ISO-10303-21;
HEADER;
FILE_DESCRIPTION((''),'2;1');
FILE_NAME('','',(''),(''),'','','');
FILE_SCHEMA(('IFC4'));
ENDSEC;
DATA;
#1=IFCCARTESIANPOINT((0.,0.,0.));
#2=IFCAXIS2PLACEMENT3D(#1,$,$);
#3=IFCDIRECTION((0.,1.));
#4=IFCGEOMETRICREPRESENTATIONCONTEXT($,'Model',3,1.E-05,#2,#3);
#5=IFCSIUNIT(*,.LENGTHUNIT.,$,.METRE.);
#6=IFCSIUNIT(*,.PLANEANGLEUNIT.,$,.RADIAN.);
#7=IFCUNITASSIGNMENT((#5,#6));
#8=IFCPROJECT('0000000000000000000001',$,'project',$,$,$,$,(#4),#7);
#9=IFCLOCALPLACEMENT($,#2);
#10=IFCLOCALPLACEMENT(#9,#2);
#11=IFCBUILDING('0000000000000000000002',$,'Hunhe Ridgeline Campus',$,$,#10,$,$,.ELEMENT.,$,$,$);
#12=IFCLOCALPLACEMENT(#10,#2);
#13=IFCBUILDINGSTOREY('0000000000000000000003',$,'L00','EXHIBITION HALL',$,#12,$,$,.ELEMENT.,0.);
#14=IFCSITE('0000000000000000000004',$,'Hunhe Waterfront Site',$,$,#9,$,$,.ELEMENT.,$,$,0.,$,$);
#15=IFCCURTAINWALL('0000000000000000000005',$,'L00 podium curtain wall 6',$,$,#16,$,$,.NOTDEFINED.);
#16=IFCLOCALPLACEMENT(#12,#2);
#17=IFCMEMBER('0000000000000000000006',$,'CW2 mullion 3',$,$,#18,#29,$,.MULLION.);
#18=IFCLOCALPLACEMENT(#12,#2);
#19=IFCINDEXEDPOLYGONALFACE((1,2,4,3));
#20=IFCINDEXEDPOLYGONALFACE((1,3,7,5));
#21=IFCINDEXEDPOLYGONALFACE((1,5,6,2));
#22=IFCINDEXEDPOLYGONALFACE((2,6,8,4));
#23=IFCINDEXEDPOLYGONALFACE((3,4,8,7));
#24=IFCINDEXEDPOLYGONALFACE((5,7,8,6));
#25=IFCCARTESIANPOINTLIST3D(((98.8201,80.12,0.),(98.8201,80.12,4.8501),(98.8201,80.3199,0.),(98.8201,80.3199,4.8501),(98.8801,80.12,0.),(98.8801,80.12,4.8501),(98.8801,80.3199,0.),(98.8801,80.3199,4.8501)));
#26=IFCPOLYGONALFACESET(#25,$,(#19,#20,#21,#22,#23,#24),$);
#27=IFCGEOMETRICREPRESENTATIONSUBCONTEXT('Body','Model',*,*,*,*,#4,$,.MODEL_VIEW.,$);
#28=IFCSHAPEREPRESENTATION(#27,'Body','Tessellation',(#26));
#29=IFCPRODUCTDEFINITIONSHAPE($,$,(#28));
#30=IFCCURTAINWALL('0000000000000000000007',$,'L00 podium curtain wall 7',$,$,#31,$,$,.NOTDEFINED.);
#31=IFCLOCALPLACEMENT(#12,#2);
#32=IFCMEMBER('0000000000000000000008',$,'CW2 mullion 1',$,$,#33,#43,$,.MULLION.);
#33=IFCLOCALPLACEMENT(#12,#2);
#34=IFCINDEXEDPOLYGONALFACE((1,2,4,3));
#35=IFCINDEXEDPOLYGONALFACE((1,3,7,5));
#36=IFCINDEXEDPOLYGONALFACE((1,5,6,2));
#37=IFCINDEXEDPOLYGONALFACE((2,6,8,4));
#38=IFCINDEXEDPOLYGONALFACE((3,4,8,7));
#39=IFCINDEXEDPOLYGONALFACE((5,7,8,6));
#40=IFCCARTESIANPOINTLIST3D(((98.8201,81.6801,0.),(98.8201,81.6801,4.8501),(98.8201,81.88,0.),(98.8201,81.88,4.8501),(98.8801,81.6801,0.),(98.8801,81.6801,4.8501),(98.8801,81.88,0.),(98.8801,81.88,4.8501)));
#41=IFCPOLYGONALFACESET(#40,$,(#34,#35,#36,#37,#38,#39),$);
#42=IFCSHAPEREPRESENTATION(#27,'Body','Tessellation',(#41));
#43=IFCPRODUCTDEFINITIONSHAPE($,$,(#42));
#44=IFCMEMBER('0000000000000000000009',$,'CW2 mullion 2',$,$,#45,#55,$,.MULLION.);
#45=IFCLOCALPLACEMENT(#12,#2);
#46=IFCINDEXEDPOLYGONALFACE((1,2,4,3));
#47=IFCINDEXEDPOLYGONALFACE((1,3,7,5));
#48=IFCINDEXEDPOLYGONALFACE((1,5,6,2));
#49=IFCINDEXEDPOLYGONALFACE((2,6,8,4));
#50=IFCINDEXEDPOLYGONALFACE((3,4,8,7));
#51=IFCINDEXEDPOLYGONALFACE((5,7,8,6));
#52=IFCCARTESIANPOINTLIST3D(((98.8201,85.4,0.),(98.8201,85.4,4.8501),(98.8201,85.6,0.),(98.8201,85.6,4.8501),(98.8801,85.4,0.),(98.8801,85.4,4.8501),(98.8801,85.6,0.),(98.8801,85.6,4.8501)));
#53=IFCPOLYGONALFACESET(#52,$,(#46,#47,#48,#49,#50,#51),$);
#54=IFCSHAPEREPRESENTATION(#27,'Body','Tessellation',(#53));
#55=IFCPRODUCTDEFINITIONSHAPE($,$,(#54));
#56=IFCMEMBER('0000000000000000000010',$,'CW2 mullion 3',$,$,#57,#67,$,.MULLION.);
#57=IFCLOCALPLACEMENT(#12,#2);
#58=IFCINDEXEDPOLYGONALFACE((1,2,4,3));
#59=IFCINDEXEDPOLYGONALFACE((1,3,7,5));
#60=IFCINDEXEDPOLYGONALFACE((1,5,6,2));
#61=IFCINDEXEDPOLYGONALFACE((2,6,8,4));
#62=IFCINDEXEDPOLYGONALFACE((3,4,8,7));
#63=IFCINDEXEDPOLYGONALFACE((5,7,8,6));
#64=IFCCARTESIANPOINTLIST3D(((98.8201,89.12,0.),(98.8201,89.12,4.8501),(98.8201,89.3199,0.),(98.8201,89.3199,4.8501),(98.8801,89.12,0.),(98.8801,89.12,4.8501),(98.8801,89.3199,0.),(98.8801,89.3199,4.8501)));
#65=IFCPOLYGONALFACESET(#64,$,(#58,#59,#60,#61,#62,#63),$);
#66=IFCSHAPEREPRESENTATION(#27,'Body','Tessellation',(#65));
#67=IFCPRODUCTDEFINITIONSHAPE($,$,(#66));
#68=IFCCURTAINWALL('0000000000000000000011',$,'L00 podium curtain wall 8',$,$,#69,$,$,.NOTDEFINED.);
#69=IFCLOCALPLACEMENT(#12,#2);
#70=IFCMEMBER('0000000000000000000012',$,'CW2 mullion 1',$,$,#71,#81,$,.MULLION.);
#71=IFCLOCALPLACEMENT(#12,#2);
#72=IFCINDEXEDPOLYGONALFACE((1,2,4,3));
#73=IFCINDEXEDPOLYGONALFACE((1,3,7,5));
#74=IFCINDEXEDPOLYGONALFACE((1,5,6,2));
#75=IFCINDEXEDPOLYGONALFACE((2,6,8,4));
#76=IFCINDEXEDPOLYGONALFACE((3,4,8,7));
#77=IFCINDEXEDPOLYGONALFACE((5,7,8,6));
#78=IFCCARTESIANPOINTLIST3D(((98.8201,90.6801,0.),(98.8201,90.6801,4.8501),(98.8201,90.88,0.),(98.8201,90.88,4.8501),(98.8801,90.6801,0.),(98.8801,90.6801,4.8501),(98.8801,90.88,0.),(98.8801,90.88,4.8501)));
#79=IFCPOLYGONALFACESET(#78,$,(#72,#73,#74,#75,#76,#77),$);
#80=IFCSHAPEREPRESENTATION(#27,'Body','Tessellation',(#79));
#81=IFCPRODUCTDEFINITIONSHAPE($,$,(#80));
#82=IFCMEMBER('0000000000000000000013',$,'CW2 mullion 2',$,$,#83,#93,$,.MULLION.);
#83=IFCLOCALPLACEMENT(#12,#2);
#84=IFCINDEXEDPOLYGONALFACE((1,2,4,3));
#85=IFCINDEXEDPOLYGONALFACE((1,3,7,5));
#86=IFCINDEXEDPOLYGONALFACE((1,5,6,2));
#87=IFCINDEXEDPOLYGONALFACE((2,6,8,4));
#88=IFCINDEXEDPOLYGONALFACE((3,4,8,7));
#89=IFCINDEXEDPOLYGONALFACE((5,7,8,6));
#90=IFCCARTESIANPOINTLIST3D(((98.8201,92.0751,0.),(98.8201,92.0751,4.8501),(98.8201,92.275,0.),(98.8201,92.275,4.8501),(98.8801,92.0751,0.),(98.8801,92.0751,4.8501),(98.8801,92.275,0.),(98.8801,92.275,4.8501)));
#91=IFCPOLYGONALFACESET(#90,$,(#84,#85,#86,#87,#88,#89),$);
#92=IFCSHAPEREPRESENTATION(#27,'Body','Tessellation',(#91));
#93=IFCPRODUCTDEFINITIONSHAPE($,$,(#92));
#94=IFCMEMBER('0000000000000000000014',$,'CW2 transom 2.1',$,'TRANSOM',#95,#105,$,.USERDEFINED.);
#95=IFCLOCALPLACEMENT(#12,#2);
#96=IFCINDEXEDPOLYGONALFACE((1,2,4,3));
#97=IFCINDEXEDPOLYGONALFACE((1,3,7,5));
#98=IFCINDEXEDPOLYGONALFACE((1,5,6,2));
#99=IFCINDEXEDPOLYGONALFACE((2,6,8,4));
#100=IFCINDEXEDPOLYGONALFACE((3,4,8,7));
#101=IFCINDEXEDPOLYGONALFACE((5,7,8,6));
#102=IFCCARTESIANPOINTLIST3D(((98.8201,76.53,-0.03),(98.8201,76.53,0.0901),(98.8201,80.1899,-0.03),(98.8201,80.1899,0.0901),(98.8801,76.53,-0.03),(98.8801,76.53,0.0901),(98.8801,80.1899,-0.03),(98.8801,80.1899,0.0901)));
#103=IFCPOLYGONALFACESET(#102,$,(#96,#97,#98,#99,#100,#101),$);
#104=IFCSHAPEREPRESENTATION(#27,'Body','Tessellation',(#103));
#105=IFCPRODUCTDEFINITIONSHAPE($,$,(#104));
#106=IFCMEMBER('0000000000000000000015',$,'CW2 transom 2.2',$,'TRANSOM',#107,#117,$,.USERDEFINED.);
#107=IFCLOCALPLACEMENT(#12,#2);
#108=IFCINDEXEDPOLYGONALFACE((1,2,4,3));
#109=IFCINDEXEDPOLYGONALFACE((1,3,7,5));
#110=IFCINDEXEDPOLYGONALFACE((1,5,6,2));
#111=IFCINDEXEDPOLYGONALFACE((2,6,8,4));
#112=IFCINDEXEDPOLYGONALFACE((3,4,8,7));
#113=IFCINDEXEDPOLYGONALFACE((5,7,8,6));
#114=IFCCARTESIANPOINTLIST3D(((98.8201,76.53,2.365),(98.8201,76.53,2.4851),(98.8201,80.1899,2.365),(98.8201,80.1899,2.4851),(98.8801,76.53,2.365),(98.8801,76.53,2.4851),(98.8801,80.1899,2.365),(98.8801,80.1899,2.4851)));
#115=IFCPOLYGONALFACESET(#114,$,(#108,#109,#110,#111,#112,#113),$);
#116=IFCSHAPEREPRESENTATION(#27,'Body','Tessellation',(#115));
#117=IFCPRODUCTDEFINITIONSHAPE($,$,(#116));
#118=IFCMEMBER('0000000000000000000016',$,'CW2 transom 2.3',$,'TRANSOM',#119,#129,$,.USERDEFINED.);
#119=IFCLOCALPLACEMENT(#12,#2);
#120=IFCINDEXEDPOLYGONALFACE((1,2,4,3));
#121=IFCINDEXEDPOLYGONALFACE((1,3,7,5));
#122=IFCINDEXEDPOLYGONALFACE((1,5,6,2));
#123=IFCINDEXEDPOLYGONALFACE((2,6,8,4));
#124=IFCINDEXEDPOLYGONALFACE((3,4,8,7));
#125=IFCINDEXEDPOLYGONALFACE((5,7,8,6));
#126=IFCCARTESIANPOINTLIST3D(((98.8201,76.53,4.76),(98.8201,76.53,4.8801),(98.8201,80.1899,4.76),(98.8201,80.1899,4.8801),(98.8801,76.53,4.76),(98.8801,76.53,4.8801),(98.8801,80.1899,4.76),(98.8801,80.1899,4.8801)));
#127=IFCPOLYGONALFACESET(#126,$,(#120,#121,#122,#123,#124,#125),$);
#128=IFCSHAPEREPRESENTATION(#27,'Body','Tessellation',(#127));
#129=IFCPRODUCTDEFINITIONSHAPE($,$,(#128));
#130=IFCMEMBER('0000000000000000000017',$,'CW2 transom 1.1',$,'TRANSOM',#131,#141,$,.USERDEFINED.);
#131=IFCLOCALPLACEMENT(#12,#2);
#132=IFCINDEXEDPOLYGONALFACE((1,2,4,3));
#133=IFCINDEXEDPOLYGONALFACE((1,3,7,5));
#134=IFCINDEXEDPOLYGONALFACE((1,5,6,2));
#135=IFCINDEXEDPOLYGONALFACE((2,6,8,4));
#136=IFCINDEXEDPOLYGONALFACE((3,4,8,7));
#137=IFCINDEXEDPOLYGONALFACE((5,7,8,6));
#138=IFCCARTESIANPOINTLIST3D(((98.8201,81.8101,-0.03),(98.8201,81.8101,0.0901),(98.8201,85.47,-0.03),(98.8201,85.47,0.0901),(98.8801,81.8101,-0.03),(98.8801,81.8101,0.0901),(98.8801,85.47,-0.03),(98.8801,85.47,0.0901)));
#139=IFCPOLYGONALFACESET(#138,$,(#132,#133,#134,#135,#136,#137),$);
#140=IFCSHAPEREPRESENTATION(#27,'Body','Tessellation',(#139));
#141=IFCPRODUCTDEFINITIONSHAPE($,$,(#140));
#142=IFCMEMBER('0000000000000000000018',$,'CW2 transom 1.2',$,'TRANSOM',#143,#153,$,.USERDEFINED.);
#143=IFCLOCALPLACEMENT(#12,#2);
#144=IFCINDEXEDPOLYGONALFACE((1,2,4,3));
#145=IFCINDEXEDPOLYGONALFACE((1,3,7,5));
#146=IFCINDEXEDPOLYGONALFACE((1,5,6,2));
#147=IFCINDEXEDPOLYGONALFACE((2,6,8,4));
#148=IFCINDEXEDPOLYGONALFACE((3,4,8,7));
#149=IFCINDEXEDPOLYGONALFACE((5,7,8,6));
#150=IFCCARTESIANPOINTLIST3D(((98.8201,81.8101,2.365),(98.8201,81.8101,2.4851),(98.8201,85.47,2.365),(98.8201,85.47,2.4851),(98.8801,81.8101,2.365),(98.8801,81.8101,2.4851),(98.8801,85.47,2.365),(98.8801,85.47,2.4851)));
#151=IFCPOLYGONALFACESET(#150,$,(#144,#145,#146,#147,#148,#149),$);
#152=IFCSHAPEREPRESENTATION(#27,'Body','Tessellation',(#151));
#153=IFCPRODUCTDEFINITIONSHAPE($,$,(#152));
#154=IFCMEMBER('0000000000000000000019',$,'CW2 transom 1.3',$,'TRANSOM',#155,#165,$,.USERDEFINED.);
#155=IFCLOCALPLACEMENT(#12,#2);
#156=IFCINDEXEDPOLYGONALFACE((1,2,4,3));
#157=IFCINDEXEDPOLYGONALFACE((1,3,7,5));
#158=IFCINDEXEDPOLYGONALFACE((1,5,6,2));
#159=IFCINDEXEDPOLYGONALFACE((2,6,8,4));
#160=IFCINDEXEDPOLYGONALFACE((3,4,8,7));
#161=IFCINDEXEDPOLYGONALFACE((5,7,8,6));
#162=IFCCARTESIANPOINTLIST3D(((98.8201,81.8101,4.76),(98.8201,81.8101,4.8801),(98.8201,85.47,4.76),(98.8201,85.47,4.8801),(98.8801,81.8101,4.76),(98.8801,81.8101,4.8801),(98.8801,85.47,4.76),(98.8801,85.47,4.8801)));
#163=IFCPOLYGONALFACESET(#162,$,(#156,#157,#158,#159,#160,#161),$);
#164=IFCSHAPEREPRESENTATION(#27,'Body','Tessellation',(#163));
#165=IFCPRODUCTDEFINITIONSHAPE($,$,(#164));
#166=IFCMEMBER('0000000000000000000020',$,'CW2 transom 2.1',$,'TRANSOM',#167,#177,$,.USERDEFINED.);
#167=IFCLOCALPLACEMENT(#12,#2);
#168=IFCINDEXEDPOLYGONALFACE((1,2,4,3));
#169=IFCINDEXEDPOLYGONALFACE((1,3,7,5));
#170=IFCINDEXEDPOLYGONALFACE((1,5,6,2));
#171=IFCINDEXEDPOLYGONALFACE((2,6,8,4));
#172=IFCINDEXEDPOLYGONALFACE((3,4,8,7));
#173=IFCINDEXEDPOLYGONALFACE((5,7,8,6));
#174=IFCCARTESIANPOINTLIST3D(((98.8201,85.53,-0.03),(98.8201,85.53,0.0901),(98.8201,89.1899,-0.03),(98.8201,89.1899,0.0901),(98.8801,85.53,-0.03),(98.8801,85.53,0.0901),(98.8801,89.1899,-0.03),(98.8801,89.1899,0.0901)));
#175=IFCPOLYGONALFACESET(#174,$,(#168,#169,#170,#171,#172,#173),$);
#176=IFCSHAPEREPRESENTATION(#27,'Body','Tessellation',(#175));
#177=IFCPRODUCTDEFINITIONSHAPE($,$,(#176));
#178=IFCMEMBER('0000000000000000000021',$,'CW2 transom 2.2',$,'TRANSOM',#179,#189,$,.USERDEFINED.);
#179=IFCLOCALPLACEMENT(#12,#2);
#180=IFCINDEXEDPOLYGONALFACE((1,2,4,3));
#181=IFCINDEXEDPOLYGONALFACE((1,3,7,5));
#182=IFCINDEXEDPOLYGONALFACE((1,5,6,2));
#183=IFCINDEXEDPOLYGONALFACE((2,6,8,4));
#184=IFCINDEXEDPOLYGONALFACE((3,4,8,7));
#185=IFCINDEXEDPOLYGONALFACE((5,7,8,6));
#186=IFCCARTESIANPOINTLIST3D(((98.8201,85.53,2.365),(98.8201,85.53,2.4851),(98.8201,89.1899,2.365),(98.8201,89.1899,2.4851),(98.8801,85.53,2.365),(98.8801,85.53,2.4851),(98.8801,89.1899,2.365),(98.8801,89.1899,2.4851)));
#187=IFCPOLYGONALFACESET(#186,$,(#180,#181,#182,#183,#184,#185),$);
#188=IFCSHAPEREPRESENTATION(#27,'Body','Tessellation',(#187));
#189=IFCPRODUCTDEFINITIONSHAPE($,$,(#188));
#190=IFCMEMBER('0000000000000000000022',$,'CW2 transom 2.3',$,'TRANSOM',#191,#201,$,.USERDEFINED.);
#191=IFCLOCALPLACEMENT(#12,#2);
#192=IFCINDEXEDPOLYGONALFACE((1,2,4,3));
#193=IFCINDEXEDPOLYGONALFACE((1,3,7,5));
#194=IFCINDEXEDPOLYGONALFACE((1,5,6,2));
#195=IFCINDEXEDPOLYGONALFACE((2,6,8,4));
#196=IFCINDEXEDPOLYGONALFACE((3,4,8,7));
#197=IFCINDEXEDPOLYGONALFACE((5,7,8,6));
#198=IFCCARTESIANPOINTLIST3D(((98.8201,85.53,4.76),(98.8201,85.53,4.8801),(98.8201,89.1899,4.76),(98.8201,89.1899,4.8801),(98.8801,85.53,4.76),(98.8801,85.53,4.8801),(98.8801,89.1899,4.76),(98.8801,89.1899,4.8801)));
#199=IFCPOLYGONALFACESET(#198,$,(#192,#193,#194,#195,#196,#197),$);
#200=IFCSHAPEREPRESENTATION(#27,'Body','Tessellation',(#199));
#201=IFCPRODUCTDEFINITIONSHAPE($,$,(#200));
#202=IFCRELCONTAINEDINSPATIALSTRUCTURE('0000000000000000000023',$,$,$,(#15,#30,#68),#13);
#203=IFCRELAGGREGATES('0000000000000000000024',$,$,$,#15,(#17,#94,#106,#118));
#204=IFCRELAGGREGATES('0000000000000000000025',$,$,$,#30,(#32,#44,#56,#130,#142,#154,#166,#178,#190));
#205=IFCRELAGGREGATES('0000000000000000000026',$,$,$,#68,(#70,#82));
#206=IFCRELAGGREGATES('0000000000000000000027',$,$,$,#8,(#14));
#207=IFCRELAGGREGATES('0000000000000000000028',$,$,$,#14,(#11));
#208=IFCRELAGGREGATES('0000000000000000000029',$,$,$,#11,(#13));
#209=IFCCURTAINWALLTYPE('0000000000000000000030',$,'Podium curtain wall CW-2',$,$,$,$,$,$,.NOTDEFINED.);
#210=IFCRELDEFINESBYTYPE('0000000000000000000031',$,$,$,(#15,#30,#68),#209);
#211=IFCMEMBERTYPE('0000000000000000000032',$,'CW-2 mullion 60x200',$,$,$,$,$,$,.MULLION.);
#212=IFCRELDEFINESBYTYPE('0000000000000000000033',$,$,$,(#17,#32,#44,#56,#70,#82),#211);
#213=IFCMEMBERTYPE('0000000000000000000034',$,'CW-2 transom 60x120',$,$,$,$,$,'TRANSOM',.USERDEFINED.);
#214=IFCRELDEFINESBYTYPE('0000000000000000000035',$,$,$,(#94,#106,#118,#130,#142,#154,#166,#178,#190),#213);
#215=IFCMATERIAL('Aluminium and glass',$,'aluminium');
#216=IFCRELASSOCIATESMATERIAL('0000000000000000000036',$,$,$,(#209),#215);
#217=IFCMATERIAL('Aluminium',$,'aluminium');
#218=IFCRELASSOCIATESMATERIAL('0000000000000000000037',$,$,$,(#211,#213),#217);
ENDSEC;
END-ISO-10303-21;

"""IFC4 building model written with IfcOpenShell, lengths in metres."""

from ifc_helpers import new_model, si_unit, direction, frame, origin, origin_2d, place, context, subcontext, project, spatial, rectangle, extrude, material, material_profile, profile_set, type_object, element, aggregate, save


model = new_model("IFC4")

# Units and contexts
model_context = context("Model", 3, precision=1e-05, world=origin(), true_north=direction((0.0, 1.0)))
body_context = subcontext(model_context, "Body", "Model", "MODEL_VIEW")
ifc_project = project(units=[si_unit("LENGTHUNIT", "METRE"), si_unit("PLANEANGLEUNIT", "RADIAN")], contexts=[model_context])

# Site, building, storey
site_placement = place(None, origin())
site = spatial("IfcSite", under=ifc_project, at=site_placement, Name="Hunhe Waterfront Site", CompositionType="ELEMENT", RefElevation=0.0)
building_placement = place(site_placement, origin())
building = spatial("IfcBuilding", under=site, at=building_placement, Name="Hunhe Ridgeline Campus", CompositionType="ELEMENT")
storey_placement = place(building_placement, origin())
storey = spatial("IfcBuildingStorey", under=building, at=storey_placement, Name="L00", Description="EXHIBITION HALL", CompositionType="ELEMENT", Elevation=0.0)

# Curtain wall, member
ifc_material_1 = material(Name="Aluminium and glass", Category="aluminium")
curtain_wall_type = type_object("IfcCurtainWallType", Name="Podium curtain wall CW-2", PredefinedType="NOTDEFINED", material=ifc_material_1)
curtain_wall_1_placement = place(storey_placement, origin())
curtain_wall_1 = element("IfcCurtainWall", 1, at=curtain_wall_1_placement, inside=storey, type_object=curtain_wall_type, Name="L00 podium curtain wall 6", PredefinedType="NOTDEFINED")
ifc_material_2 = material(Name="Aluminium", Category="aluminium")
ifc_material_profile_1 = material_profile(ifc_material_2, rectangle(XDim=0.0601, YDim=0.2, at=origin_2d()))
ifc_profile_set_1 = profile_set([ifc_material_profile_1], Name="Aluminium")
member_type_1 = type_object("IfcMemberType", Name="CW-2 mullion 60x200", PredefinedType="MULLION", material=ifc_profile_set_1)
member_1_placement = place(storey_placement, frame((98.8501, 80.22, 0.0), z_axis=(0.0, 0.0, 1.0), x_axis=(-1.0, 0.0, 0.0)))
member_1 = element("IfcMember", 2, at=member_1_placement, type_object=member_type_1, Name="CW2 mullion 3", PredefinedType="MULLION", context=body_context, shape_type="SweptSolid", body=[
    extrude(rectangle(XDim=0.0601, YDim=0.2, at=origin_2d()), origin(), (0.0, 0.0, 1.0), 4.8501),
])

# Curtain walls, members
curtain_wall_2_placement = place(storey_placement, origin())
curtain_wall_2 = element("IfcCurtainWall", 3, at=curtain_wall_2_placement, inside=storey, type_object=curtain_wall_type, Name="L00 podium curtain wall 7", PredefinedType="NOTDEFINED")
member_2_placement = place(storey_placement, frame((98.8501, 81.78, 0.0), z_axis=(0.0, 0.0, 1.0), x_axis=(-1.0, 0.0, 0.0)))
member_2 = element("IfcMember", 4, at=member_2_placement, type_object=member_type_1, Name="CW2 mullion 1", PredefinedType="MULLION", context=body_context, shape_type="SweptSolid", body=[
    extrude(rectangle(XDim=0.0601, YDim=0.2, at=origin_2d()), origin(), (0.0, 0.0, 1.0), 4.8501),
])
member_3_placement = place(storey_placement, frame((98.8501, 85.5, 0.0), z_axis=(0.0, 0.0, 1.0), x_axis=(-1.0, 0.0, 0.0)))
member_3 = element("IfcMember", 5, at=member_3_placement, type_object=member_type_1, Name="CW2 mullion 2", PredefinedType="MULLION", context=body_context, shape_type="SweptSolid", body=[
    extrude(rectangle(XDim=0.0601, YDim=0.2, at=origin_2d()), origin(), (0.0, 0.0, 1.0), 4.8501),
])
member_4_placement = place(storey_placement, frame((98.8501, 89.22, 0.0), z_axis=(0.0, 0.0, 1.0), x_axis=(-1.0, 0.0, 0.0)))
member_4 = element("IfcMember", 6, at=member_4_placement, type_object=member_type_1, Name="CW2 mullion 3", PredefinedType="MULLION", context=body_context, shape_type="SweptSolid", body=[
    extrude(rectangle(XDim=0.0601, YDim=0.2, at=origin_2d()), origin(), (0.0, 0.0, 1.0), 4.8501),
])
curtain_wall_3_placement = place(storey_placement, origin())
curtain_wall_3 = element("IfcCurtainWall", 7, at=curtain_wall_3_placement, inside=storey, type_object=curtain_wall_type, Name="L00 podium curtain wall 8", PredefinedType="NOTDEFINED")
member_5_placement = place(storey_placement, frame((98.8501, 90.78, 0.0), z_axis=(0.0, 0.0, 1.0), x_axis=(-1.0, 0.0, 0.0)))
member_5 = element("IfcMember", 8, at=member_5_placement, type_object=member_type_1, Name="CW2 mullion 1", PredefinedType="MULLION", context=body_context, shape_type="SweptSolid", body=[
    extrude(rectangle(XDim=0.0601, YDim=0.2, at=origin_2d()), origin(), (0.0, 0.0, 1.0), 4.8501),
])
member_6_placement = place(storey_placement, frame((98.8501, 92.175, 0.0), z_axis=(0.0, 0.0, 1.0), x_axis=(-1.0, 0.0, 0.0)))
member_6 = element("IfcMember", 9, at=member_6_placement, type_object=member_type_1, Name="CW2 mullion 2", PredefinedType="MULLION", context=body_context, shape_type="SweptSolid", body=[
    extrude(rectangle(XDim=0.0601, YDim=0.2, at=origin_2d()), origin(), (0.0, 0.0, 1.0), 4.8501),
])

# Members
ifc_material_profile_2 = material_profile(ifc_material_2, rectangle(XDim=0.0601, YDim=0.1201, at=origin_2d()))
ifc_profile_set_2 = profile_set([ifc_material_profile_2], Name="Aluminium")
member_type_2 = type_object("IfcMemberType", Name="CW-2 transom 60x120", ElementType="TRANSOM", PredefinedType="USERDEFINED", material=ifc_profile_set_2)
member_7_placement = place(storey_placement, frame((98.8501, 76.53, 0.03), z_axis=(0.0, 1.0, 0.0), x_axis=(-1.0, 0.0, 0.0)))
member_7 = element("IfcMember", 10, at=member_7_placement, type_object=member_type_2, Name="CW2 transom 2.1", ObjectType="TRANSOM", PredefinedType="USERDEFINED", context=body_context, shape_type="SweptSolid", body=[
    extrude(rectangle(XDim=0.0601, YDim=0.1201, at=origin_2d()), origin(), (0.0, 0.0, 1.0), 3.6599),
])
member_8_placement = place(storey_placement, frame((98.8501, 76.53, 2.425), z_axis=(0.0, 1.0, 0.0), x_axis=(-1.0, 0.0, 0.0)))
member_8 = element("IfcMember", 11, at=member_8_placement, type_object=member_type_2, Name="CW2 transom 2.2", ObjectType="TRANSOM", PredefinedType="USERDEFINED", context=body_context, shape_type="SweptSolid", body=[
    extrude(rectangle(XDim=0.0601, YDim=0.1201, at=origin_2d()), origin(), (0.0, 0.0, 1.0), 3.6599),
])
member_9_placement = place(storey_placement, frame((98.8501, 76.53, 4.8201), z_axis=(0.0, 1.0, 0.0), x_axis=(-1.0, 0.0, 0.0)))
member_9 = element("IfcMember", 12, at=member_9_placement, type_object=member_type_2, Name="CW2 transom 2.3", ObjectType="TRANSOM", PredefinedType="USERDEFINED", context=body_context, shape_type="SweptSolid", body=[
    extrude(rectangle(XDim=0.0601, YDim=0.1201, at=origin_2d()), origin(), (0.0, 0.0, 1.0), 3.6599),
])
member_10_placement = place(storey_placement, frame((98.8501, 81.8101, 0.03), z_axis=(0.0, 1.0, 0.0), x_axis=(-1.0, 0.0, 0.0)))
member_10 = element("IfcMember", 13, at=member_10_placement, type_object=member_type_2, Name="CW2 transom 1.1", ObjectType="TRANSOM", PredefinedType="USERDEFINED", context=body_context, shape_type="SweptSolid", body=[
    extrude(rectangle(XDim=0.0601, YDim=0.1201, at=origin_2d()), origin(), (0.0, 0.0, 1.0), 3.6599),
])
member_11_placement = place(storey_placement, frame((98.8501, 81.8101, 2.425), z_axis=(0.0, 1.0, 0.0), x_axis=(-1.0, 0.0, 0.0)))
member_11 = element("IfcMember", 14, at=member_11_placement, type_object=member_type_2, Name="CW2 transom 1.2", ObjectType="TRANSOM", PredefinedType="USERDEFINED", context=body_context, shape_type="SweptSolid", body=[
    extrude(rectangle(XDim=0.0601, YDim=0.1201, at=origin_2d()), origin(), (0.0, 0.0, 1.0), 3.6599),
])
member_12_placement = place(storey_placement, frame((98.8501, 81.8101, 4.8201), z_axis=(0.0, 1.0, 0.0), x_axis=(-1.0, 0.0, 0.0)))
member_12 = element("IfcMember", 15, at=member_12_placement, type_object=member_type_2, Name="CW2 transom 1.3", ObjectType="TRANSOM", PredefinedType="USERDEFINED", context=body_context, shape_type="SweptSolid", body=[
    extrude(rectangle(XDim=0.0601, YDim=0.1201, at=origin_2d()), origin(), (0.0, 0.0, 1.0), 3.6599),
])
member_13_placement = place(storey_placement, frame((98.8501, 85.53, 0.03), z_axis=(0.0, 1.0, 0.0), x_axis=(-1.0, 0.0, 0.0)))
member_13 = element("IfcMember", 16, at=member_13_placement, type_object=member_type_2, Name="CW2 transom 2.1", ObjectType="TRANSOM", PredefinedType="USERDEFINED", context=body_context, shape_type="SweptSolid", body=[
    extrude(rectangle(XDim=0.0601, YDim=0.1201, at=origin_2d()), origin(), (0.0, 0.0, 1.0), 3.6599),
])
member_14_placement = place(storey_placement, frame((98.8501, 85.53, 2.425), z_axis=(0.0, 1.0, 0.0), x_axis=(-1.0, 0.0, 0.0)))
member_14 = element("IfcMember", 17, at=member_14_placement, type_object=member_type_2, Name="CW2 transom 2.2", ObjectType="TRANSOM", PredefinedType="USERDEFINED", context=body_context, shape_type="SweptSolid", body=[
    extrude(rectangle(XDim=0.0601, YDim=0.1201, at=origin_2d()), origin(), (0.0, 0.0, 1.0), 3.6599),
])
member_15_placement = place(storey_placement, frame((98.8501, 85.53, 4.8201), z_axis=(0.0, 1.0, 0.0), x_axis=(-1.0, 0.0, 0.0)))
member_15 = element("IfcMember", 18, at=member_15_placement, type_object=member_type_2, Name="CW2 transom 2.3", ObjectType="TRANSOM", PredefinedType="USERDEFINED", context=body_context, shape_type="SweptSolid", body=[
    extrude(rectangle(XDim=0.0601, YDim=0.1201, at=origin_2d()), origin(), (0.0, 0.0, 1.0), 3.6599),
])

aggregate(curtain_wall_1, [member_1, member_7, member_8, member_9])
aggregate(curtain_wall_2, [member_2, member_3, member_4, member_10, member_11, member_12, member_13, member_14, member_15])
aggregate(curtain_wall_3, [member_5, member_6])

save(model, "model.ifc")
